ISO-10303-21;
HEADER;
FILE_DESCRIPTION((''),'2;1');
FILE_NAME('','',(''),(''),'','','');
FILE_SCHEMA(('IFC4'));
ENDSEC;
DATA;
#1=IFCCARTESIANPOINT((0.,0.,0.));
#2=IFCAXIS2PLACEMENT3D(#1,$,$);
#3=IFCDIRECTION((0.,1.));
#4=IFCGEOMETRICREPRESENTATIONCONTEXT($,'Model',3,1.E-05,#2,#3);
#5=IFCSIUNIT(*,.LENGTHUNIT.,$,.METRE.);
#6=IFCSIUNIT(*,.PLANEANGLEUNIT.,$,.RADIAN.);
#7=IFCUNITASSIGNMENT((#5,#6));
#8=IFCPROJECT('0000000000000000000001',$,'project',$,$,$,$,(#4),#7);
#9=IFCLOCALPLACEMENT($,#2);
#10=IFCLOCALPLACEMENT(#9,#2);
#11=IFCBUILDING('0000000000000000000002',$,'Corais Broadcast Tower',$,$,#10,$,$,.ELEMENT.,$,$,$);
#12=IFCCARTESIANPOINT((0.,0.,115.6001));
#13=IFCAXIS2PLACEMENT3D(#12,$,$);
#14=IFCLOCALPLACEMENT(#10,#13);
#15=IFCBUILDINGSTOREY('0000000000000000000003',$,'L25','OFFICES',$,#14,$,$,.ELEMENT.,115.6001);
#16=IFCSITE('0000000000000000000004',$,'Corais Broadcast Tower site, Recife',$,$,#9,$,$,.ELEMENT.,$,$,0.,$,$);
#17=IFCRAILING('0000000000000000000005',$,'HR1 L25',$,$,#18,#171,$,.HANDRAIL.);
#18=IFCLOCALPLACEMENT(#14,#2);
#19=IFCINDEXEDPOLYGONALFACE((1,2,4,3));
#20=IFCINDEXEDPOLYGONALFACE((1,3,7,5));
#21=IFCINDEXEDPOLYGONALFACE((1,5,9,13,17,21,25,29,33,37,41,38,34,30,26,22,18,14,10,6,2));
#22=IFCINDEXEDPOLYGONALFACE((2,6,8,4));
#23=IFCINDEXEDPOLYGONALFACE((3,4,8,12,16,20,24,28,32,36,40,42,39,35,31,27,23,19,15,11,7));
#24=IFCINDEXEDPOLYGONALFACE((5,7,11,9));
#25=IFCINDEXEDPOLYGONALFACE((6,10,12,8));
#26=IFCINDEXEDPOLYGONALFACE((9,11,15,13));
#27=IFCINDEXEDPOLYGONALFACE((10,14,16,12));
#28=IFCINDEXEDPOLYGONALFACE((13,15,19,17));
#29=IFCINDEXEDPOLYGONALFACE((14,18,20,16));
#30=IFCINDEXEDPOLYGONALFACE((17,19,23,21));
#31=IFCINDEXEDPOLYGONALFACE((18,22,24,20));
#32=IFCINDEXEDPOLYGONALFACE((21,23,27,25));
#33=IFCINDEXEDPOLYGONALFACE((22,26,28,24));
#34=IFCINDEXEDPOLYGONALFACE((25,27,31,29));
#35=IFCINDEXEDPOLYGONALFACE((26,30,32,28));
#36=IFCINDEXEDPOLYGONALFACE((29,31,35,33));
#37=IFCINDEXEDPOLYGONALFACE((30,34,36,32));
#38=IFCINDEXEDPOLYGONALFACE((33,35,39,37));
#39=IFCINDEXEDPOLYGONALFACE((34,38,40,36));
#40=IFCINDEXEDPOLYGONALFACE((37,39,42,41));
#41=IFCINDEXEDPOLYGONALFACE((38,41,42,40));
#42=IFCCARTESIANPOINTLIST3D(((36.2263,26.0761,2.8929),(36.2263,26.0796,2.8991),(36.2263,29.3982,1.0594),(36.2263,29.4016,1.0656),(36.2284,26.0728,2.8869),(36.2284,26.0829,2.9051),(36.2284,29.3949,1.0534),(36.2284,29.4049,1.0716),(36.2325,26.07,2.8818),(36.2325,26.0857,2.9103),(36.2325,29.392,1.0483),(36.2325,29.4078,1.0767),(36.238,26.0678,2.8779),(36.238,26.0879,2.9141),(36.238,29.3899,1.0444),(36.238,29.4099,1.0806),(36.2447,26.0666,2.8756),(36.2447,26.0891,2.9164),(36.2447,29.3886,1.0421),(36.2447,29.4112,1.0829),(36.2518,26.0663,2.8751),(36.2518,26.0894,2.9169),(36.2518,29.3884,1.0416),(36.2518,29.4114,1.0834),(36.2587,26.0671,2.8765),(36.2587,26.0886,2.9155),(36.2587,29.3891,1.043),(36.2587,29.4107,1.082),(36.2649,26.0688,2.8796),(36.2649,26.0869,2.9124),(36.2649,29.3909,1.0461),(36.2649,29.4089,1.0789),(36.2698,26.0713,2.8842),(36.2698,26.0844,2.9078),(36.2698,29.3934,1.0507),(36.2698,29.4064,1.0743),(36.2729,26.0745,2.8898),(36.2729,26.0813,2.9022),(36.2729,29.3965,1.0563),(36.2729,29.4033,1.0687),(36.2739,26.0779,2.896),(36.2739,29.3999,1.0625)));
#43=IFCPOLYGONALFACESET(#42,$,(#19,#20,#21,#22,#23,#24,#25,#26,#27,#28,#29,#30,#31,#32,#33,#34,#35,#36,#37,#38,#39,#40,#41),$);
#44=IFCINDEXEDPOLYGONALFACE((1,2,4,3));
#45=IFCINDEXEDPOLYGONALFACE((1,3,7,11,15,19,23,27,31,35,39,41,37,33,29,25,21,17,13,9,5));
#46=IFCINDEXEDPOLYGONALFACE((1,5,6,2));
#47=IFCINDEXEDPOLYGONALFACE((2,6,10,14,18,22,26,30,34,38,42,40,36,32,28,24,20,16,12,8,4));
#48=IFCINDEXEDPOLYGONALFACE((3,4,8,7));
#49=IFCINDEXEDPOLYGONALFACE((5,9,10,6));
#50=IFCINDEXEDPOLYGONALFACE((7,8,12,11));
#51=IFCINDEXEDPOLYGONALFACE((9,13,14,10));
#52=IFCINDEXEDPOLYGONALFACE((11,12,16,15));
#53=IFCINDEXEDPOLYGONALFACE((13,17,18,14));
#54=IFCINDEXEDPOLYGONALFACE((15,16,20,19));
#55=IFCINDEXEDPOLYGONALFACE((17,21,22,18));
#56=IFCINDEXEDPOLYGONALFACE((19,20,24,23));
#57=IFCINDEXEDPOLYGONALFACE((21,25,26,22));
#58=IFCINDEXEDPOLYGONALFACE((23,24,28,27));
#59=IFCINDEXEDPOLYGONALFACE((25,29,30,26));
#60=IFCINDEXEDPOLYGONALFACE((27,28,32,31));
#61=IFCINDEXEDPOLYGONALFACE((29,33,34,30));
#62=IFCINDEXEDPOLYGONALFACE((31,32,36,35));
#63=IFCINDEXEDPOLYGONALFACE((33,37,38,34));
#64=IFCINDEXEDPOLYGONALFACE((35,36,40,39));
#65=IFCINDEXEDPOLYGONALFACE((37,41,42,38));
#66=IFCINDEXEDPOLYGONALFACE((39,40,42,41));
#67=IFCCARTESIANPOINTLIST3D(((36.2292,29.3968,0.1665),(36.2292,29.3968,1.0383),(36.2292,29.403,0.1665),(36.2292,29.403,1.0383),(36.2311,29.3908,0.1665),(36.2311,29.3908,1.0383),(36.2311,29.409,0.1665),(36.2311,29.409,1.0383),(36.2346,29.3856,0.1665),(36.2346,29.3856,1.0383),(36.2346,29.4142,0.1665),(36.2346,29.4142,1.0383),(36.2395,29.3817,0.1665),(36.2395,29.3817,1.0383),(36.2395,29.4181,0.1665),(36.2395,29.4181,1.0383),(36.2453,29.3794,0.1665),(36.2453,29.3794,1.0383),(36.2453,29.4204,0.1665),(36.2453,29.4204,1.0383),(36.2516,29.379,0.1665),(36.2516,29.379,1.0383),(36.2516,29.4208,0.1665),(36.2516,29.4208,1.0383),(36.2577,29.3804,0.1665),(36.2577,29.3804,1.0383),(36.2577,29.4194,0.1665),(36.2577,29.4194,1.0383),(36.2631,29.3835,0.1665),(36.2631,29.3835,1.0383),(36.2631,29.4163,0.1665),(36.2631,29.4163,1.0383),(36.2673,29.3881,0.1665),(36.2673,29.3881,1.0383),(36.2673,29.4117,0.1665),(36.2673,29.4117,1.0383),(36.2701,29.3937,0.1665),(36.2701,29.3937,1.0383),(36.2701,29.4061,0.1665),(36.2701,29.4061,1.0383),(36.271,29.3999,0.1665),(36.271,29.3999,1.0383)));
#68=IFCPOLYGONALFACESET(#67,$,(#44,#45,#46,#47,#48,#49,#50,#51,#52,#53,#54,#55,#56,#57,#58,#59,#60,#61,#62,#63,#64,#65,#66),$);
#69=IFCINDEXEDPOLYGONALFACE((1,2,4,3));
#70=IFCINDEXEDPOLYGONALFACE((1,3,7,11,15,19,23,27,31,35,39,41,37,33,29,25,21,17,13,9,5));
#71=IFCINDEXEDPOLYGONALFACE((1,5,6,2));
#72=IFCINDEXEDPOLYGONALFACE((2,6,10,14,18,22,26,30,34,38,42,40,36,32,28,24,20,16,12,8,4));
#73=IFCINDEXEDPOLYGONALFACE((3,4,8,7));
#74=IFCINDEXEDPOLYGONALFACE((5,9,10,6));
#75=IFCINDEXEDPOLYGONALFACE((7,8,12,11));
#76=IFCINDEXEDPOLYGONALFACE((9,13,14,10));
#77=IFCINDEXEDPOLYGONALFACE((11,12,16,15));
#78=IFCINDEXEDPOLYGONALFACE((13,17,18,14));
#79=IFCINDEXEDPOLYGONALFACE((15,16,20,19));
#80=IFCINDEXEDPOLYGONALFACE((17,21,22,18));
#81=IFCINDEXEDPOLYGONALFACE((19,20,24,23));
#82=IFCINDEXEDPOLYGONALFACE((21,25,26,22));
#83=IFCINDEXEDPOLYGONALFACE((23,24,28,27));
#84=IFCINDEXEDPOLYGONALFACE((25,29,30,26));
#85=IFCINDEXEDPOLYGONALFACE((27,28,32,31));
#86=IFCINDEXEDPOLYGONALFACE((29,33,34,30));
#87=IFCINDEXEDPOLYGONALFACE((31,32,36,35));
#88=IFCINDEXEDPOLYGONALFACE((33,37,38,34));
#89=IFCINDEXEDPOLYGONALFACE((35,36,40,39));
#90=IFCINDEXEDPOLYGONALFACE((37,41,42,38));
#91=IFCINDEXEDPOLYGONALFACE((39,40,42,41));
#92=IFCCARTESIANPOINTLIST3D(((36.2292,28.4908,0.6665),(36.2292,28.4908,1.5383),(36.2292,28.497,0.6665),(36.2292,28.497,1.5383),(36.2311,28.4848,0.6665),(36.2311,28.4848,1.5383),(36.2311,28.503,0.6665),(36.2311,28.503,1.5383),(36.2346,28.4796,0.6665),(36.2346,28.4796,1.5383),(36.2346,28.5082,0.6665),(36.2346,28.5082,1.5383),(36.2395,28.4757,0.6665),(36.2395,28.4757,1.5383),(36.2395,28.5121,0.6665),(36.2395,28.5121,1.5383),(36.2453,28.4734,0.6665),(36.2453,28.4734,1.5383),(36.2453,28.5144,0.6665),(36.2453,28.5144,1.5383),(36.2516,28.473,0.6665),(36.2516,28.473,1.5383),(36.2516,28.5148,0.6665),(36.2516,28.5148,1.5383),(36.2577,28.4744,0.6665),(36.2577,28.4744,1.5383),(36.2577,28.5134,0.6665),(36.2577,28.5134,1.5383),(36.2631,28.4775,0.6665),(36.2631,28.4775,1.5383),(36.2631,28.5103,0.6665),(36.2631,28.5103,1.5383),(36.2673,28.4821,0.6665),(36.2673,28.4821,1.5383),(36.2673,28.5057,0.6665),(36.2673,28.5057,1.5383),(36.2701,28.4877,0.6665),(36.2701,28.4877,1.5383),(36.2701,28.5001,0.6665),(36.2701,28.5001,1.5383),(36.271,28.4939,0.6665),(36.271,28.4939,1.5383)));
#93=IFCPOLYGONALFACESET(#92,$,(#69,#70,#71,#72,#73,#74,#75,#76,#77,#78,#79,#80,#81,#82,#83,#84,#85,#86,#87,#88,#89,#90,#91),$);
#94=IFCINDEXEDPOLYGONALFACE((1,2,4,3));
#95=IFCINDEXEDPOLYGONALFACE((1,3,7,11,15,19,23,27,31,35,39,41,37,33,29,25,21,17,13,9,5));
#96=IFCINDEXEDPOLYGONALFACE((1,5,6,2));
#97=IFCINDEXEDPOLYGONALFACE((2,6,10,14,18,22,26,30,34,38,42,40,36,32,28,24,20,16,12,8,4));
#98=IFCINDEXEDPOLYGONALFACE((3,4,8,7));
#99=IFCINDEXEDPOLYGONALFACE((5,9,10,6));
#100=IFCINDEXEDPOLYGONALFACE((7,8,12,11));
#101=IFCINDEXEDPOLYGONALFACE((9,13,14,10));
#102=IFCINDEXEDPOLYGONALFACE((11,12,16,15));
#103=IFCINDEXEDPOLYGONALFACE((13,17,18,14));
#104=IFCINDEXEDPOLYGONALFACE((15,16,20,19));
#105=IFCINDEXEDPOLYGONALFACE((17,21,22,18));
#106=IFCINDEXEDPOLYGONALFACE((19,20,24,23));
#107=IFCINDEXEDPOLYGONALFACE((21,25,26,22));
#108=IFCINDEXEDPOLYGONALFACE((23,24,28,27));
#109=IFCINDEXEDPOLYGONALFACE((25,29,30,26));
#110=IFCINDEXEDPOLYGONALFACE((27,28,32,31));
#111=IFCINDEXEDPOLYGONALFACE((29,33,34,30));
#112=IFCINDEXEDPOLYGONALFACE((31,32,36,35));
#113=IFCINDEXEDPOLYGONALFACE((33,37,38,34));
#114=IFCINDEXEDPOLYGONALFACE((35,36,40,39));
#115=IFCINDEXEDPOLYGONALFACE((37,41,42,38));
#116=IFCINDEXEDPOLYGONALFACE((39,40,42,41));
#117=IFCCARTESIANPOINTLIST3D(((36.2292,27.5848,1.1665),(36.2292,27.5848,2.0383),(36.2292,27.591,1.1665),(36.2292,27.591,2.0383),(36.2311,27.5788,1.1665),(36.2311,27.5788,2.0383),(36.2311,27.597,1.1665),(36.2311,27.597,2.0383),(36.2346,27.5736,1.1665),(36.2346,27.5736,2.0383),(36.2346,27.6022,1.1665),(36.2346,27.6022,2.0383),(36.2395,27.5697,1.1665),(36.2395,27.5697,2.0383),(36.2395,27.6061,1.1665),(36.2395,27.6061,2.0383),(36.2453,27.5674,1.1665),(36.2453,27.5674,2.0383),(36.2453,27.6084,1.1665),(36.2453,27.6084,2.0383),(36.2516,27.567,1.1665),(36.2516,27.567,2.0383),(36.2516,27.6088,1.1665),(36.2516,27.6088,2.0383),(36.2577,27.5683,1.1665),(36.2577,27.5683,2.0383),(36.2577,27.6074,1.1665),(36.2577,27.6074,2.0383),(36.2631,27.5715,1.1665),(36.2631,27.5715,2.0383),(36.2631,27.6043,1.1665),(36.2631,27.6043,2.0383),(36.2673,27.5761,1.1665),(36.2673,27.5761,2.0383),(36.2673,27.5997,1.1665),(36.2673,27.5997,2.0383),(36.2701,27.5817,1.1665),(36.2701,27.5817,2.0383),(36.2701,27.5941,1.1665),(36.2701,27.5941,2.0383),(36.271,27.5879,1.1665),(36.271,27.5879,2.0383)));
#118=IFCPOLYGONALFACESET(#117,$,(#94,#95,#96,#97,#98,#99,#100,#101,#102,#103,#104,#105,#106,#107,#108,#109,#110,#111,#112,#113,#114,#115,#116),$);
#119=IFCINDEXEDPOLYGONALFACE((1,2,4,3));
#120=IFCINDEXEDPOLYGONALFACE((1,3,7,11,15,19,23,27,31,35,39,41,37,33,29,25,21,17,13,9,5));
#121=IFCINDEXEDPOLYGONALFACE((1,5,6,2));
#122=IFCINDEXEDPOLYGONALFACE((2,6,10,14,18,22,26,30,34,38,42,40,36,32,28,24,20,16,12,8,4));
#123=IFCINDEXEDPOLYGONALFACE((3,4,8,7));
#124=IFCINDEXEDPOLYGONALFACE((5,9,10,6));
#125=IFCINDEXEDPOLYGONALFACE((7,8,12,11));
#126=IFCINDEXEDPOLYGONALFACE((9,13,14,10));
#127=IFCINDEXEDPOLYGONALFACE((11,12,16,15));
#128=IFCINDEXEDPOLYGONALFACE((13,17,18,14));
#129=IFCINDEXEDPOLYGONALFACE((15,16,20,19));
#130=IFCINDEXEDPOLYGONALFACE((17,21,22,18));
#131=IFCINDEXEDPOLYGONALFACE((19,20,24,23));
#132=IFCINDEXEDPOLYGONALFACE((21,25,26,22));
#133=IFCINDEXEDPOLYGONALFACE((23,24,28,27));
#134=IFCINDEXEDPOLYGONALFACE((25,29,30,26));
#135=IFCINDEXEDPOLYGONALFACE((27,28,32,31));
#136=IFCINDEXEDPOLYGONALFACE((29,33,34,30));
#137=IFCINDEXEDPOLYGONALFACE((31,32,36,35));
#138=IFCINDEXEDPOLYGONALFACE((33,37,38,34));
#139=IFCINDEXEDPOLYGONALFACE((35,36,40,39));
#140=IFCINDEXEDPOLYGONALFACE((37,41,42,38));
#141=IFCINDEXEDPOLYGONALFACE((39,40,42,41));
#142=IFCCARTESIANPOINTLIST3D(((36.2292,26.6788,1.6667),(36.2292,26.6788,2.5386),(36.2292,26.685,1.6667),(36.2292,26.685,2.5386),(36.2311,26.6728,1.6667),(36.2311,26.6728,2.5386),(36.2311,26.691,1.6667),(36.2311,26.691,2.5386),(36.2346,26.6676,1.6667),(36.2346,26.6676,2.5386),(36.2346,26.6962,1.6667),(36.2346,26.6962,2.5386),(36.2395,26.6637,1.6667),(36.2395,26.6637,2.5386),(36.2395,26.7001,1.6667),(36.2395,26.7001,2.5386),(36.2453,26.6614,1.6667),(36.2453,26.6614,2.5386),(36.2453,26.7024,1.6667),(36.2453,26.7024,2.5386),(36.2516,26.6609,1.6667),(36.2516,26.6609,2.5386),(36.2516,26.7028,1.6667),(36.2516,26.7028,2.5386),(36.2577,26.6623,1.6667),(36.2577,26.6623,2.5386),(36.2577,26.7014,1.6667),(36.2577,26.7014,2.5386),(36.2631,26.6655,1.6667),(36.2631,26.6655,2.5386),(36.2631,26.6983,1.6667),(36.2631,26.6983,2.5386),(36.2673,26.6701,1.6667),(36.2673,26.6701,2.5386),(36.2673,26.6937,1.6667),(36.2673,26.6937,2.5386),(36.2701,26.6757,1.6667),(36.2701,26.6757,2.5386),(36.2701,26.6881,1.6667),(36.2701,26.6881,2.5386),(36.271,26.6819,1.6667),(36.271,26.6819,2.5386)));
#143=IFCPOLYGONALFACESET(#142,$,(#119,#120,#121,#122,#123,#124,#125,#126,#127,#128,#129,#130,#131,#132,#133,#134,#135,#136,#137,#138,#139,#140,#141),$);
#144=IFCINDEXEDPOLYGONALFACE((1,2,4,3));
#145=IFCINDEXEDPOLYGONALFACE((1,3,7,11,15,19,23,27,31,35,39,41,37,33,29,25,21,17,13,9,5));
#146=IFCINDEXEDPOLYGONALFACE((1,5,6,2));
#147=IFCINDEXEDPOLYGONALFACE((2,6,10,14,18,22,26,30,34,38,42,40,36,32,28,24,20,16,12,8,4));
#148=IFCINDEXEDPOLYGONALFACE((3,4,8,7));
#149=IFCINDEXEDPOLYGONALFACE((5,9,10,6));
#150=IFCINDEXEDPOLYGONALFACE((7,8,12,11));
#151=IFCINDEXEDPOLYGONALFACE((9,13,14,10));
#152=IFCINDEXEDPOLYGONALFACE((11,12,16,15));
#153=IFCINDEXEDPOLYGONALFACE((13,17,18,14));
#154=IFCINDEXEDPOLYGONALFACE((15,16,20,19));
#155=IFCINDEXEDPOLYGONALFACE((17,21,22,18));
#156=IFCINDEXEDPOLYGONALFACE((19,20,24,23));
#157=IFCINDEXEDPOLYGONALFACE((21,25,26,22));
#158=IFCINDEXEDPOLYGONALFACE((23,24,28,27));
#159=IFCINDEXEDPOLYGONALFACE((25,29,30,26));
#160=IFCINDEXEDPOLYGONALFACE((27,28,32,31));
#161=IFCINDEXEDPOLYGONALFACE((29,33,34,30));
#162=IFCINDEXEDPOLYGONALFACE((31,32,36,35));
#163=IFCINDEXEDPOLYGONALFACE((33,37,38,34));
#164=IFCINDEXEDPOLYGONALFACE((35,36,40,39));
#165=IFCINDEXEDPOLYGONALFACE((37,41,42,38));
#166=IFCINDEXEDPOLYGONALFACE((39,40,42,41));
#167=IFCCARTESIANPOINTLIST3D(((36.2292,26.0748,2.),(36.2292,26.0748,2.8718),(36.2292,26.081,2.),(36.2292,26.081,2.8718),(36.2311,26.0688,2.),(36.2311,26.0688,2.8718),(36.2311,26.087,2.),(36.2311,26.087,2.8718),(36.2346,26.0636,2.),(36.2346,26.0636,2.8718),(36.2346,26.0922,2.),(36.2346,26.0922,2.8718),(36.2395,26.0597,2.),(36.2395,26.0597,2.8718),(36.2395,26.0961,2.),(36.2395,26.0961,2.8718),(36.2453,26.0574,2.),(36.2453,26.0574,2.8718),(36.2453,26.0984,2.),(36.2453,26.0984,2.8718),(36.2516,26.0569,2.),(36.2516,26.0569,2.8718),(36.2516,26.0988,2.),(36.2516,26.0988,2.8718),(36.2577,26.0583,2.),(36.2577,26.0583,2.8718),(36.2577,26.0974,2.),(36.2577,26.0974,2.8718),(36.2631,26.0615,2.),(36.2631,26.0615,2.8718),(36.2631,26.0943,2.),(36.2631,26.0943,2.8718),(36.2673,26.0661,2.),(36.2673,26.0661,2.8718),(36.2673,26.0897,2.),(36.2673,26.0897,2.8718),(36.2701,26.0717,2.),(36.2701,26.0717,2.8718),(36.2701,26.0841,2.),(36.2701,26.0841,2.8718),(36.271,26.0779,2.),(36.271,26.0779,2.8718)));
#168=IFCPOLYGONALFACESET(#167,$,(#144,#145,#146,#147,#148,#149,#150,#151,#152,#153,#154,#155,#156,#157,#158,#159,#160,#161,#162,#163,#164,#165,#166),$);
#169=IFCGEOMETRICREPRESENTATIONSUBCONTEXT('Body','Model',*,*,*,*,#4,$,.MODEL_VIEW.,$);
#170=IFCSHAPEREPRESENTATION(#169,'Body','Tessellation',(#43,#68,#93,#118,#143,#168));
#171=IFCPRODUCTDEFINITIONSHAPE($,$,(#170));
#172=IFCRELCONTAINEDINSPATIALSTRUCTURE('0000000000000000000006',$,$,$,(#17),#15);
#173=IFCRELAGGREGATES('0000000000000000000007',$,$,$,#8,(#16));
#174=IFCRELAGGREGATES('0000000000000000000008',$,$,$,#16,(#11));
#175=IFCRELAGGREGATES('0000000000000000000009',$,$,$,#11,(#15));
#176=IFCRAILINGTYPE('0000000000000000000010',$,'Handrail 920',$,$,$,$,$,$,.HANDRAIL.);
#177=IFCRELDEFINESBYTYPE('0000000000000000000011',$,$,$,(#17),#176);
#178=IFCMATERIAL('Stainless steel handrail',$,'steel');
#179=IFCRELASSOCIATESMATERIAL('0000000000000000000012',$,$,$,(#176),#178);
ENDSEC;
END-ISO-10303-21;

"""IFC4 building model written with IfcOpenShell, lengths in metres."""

from ifc_helpers import new_model, si_unit, direction, frame, origin, origin_2d, place, context, subcontext, project, spatial, circle, extrude, material, type_object, element, save


model = new_model("IFC4")

# Units and contexts
model_context = context("Model", 3, precision=1e-05, world=origin(), true_north=direction((0.0, 1.0)))
body_context = subcontext(model_context, "Body", "Model", "MODEL_VIEW")
ifc_project = project(units=[si_unit("LENGTHUNIT", "METRE"), si_unit("PLANEANGLEUNIT", "RADIAN")], contexts=[model_context])

# Site, building, storey
site_placement = place(None, origin())
site = spatial("IfcSite", under=ifc_project, at=site_placement, Name="Corais Broadcast Tower site, Recife", CompositionType="ELEMENT", RefElevation=0.0)
building_placement = place(site_placement, origin())
building = spatial("IfcBuilding", under=site, at=building_placement, Name="Corais Broadcast Tower", CompositionType="ELEMENT")
storey_placement = place(building_placement, frame((0.0, 0.0, 115.6001)))
storey = spatial("IfcBuildingStorey", under=building, at=storey_placement, Name="L25", Description="OFFICES", CompositionType="ELEMENT", Elevation=115.6001)

# Railing
ifc_material_1 = material(Name="Stainless steel handrail", Category="steel")
railing_type = type_object("IfcRailingType", Name="Handrail 920", PredefinedType="HANDRAIL", material=ifc_material_1)
for number, where, name in (
    (1, (36.25, 29.3999, 0.1665), "HR1 L25"),
):
    element("IfcRailing", number, at=place(storey_placement, frame(where)), inside=storey, type_object=railing_type, Name=name, PredefinedType="HANDRAIL", context=body_context, shape_type="SweptSolid", body=[
        extrude(circle(Radius=0.0239, at=origin_2d()), frame((0.0, 0.0, 0.896), z_axis=(0.0, -0.875504, 0.48321), x_axis=(1.0, 0.0, 0.0)), (0.0, 0.0, 1.0), 3.7944),
        extrude(circle(Radius=0.021, at=origin_2d()), origin(), (0.0, 0.0, 1.0), 0.8718),
        extrude(circle(Radius=0.021, at=origin_2d()), frame((0.0, -0.906, 0.5)), (0.0, 0.0, 1.0), 0.8718),
        extrude(circle(Radius=0.021, at=origin_2d()), frame((0.0, -1.812, 1.0)), (0.0, 0.0, 1.0), 0.8718),
        extrude(circle(Radius=0.021, at=origin_2d()), frame((0.0, -2.718, 1.5002)), (0.0, 0.0, 1.0), 0.8718),
        extrude(circle(Radius=0.021, at=origin_2d()), frame((0.0, -3.322, 1.8335)), (0.0, 0.0, 1.0), 0.8718),
    ])

save(model, "model.ifc")
